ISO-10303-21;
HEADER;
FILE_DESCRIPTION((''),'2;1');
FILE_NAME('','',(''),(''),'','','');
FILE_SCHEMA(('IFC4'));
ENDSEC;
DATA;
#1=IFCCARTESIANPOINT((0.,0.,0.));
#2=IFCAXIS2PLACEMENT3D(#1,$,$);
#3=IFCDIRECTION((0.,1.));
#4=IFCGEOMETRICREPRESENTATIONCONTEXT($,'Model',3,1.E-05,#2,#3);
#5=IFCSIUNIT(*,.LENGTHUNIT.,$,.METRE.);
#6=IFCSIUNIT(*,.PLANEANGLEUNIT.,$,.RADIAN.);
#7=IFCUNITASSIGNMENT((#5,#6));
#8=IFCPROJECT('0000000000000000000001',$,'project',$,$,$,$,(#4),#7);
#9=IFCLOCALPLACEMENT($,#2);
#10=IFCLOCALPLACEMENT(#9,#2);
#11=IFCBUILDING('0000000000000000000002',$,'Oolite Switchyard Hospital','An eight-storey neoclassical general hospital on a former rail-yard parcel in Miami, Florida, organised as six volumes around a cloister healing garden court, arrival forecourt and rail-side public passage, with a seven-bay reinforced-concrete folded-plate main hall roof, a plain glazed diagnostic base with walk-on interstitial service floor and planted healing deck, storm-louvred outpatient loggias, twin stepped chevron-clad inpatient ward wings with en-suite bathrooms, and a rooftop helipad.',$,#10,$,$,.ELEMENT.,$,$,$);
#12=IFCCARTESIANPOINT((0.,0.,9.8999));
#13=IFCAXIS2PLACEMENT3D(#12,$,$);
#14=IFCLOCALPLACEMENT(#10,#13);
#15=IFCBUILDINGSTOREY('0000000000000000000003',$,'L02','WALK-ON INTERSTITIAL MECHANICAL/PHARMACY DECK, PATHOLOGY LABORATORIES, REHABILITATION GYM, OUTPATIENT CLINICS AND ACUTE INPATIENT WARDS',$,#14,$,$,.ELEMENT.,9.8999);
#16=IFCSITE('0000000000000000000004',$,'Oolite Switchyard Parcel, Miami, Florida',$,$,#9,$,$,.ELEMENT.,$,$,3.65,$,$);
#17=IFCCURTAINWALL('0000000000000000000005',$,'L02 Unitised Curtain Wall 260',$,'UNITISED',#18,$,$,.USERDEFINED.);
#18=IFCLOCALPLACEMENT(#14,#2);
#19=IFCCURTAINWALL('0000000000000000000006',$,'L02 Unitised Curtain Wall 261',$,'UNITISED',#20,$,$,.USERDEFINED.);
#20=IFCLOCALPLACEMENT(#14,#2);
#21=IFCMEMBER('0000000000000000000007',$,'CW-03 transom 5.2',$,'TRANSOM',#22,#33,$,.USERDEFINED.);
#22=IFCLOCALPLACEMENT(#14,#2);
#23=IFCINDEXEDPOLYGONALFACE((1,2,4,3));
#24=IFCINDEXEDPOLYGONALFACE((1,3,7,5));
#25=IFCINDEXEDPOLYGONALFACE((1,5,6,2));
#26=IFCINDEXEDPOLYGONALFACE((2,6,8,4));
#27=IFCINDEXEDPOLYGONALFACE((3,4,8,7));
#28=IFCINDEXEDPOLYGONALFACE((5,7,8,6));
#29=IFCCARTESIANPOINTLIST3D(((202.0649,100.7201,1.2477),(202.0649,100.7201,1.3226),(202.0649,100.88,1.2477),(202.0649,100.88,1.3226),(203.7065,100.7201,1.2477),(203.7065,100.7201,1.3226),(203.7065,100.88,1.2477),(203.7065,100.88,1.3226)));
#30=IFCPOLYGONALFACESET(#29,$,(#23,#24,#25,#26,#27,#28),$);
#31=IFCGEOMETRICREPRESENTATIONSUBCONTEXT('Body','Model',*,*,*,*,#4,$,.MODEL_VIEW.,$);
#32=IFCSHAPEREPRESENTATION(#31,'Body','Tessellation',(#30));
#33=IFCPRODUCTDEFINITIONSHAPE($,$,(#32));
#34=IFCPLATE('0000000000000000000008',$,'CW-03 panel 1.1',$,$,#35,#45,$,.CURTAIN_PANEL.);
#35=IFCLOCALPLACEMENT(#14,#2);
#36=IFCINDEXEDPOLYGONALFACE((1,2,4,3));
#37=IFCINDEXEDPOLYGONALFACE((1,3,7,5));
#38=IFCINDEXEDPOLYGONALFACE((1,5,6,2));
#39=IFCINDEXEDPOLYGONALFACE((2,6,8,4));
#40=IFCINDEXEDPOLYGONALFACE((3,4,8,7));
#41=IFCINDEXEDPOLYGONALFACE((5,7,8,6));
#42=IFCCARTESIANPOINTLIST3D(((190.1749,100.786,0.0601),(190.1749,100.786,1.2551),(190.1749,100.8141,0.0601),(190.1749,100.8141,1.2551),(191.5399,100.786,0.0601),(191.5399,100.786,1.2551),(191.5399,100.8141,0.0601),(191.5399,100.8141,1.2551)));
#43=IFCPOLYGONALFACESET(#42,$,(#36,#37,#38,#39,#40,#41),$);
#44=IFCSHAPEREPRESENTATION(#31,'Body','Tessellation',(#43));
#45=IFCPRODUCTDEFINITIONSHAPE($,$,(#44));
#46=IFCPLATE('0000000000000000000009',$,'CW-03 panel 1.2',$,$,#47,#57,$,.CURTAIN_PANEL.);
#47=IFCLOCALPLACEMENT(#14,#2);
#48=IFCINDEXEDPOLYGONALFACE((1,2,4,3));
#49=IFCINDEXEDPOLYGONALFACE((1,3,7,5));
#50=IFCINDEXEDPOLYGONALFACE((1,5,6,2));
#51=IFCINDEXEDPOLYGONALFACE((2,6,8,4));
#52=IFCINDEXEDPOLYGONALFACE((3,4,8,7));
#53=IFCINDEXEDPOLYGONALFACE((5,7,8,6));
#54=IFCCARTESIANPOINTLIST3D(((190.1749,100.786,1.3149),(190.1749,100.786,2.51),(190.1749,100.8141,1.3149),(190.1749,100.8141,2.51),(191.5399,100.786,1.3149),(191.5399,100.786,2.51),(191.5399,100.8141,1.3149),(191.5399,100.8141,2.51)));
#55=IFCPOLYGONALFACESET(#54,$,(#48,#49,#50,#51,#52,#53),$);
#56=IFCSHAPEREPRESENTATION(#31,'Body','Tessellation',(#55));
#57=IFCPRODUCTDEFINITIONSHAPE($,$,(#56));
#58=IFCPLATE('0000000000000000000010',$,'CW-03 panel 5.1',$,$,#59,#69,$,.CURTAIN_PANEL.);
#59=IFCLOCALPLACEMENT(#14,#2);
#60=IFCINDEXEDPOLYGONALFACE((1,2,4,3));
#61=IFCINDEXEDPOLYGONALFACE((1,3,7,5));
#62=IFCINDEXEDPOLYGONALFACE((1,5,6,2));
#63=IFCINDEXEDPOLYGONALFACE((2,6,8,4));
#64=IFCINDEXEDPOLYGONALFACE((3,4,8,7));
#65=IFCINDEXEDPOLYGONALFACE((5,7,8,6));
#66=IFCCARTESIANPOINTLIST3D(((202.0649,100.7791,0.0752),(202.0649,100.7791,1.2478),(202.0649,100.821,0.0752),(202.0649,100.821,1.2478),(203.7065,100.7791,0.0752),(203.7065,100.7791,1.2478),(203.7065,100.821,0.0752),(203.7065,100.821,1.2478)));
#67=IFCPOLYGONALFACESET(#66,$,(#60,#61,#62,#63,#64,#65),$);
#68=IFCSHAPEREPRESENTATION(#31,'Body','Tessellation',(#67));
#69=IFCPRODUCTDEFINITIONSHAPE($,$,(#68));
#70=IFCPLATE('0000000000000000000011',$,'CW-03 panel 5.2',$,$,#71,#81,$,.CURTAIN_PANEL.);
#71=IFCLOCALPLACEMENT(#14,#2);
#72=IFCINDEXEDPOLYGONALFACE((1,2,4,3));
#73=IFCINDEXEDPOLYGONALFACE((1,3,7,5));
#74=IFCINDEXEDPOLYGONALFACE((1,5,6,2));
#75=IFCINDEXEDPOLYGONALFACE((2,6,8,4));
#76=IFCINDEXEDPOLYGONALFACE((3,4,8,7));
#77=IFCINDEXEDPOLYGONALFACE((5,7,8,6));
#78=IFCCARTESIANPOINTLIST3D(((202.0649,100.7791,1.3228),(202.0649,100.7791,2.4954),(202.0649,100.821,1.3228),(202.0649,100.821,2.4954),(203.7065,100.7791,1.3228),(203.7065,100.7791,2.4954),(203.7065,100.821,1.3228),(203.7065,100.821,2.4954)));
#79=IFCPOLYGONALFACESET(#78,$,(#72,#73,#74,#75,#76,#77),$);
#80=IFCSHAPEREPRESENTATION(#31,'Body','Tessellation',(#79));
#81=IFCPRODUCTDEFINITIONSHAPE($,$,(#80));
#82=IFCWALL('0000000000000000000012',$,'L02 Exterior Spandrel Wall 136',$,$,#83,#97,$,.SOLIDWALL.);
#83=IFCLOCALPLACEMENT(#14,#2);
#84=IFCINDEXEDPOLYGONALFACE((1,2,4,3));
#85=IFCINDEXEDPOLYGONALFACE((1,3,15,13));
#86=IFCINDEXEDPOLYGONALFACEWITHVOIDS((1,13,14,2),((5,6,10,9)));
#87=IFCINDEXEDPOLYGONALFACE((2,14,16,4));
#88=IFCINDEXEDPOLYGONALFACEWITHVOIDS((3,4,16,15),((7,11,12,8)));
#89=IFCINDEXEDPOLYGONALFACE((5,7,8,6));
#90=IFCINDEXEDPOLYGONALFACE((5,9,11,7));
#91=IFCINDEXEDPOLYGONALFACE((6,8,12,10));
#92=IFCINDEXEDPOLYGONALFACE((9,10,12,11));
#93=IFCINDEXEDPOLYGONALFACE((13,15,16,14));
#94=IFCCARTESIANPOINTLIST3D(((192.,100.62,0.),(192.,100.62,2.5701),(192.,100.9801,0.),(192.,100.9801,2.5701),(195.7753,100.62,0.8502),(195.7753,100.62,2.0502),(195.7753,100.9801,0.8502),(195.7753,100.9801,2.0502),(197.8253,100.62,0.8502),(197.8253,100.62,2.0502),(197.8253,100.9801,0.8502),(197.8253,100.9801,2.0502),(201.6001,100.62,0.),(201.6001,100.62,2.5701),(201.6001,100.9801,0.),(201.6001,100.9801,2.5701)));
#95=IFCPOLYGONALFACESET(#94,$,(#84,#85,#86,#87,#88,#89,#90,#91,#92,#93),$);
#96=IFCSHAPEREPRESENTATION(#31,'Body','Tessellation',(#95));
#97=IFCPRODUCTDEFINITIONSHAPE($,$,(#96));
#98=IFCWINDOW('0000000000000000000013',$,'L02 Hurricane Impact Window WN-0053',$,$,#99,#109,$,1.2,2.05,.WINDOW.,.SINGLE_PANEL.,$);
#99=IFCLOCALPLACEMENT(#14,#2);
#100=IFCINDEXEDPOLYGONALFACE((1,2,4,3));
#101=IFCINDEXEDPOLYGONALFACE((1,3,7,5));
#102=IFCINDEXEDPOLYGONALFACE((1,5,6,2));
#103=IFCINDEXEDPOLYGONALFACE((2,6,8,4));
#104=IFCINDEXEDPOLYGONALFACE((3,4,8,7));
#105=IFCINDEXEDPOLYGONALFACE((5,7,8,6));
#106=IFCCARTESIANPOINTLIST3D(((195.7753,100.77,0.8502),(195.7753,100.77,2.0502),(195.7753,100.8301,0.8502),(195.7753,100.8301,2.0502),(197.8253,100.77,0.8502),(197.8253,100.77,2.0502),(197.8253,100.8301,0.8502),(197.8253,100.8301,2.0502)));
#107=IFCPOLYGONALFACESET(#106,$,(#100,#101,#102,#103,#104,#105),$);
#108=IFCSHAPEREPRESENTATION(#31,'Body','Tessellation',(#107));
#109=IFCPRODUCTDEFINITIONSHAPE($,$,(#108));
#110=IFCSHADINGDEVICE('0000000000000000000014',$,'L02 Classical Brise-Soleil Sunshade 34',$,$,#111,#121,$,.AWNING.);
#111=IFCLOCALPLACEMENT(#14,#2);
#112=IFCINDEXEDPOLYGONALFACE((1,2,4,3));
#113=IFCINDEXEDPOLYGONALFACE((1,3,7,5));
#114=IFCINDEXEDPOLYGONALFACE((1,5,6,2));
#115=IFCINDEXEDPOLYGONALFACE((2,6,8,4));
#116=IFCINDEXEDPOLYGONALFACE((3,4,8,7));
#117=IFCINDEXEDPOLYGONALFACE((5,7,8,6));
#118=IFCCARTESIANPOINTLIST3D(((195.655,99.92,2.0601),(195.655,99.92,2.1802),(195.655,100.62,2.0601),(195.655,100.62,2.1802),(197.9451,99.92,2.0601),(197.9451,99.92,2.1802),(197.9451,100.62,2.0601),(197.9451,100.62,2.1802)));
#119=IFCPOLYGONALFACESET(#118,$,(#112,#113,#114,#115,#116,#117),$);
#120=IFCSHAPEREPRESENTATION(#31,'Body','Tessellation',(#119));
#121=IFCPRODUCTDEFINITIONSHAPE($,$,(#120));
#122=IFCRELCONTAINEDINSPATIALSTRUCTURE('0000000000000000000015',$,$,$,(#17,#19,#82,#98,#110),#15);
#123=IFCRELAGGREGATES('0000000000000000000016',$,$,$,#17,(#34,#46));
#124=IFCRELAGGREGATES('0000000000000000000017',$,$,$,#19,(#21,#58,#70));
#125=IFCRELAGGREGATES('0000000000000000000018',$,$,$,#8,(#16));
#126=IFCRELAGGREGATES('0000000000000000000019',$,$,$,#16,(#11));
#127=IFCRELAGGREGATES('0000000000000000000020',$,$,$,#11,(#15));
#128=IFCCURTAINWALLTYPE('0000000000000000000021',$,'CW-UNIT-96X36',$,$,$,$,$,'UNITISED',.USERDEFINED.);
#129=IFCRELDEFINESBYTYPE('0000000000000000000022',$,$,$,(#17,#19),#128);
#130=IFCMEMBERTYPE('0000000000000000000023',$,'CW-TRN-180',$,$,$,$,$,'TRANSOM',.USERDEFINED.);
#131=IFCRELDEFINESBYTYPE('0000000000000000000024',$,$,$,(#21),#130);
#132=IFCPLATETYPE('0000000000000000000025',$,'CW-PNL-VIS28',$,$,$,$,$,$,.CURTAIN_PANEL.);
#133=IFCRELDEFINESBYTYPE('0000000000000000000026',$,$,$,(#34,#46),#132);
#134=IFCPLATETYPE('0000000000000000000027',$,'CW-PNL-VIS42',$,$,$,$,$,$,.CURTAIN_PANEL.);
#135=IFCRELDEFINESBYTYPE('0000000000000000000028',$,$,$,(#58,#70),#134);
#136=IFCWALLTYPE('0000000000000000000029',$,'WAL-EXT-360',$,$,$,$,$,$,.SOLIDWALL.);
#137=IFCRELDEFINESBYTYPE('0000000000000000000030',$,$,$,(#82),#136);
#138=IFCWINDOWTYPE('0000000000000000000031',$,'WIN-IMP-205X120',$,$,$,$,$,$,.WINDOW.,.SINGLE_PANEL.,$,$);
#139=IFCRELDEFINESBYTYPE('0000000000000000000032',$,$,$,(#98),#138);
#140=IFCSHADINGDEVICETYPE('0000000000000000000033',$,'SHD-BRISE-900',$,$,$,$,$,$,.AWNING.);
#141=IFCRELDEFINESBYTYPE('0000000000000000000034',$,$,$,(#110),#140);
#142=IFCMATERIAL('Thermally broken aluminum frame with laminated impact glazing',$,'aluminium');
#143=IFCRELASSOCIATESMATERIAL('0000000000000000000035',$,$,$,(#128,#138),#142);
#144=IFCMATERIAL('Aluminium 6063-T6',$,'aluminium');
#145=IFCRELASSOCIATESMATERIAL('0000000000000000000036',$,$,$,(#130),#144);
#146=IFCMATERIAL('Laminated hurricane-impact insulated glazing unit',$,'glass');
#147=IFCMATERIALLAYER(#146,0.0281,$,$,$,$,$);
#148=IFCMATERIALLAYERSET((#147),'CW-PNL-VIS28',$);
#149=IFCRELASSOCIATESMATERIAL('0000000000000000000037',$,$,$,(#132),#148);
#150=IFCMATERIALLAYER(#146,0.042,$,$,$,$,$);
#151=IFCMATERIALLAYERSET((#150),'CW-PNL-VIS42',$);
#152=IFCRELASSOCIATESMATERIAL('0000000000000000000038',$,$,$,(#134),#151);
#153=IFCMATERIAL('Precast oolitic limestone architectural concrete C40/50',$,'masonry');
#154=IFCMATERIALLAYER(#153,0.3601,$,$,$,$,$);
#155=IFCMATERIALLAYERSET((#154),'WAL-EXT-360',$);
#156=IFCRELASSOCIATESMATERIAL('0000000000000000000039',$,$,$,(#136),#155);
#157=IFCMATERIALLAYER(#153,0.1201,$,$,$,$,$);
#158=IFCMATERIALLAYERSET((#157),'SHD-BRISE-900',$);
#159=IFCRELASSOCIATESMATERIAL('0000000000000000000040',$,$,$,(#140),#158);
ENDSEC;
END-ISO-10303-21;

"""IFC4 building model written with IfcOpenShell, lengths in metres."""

from ifc_helpers import new_model, si_unit, direction, frame, frame_2d, origin, origin_2d, place, context, subcontext, project, spatial, rectangle, extrude, material, layer, layer_set, material_profile, profile_set, type_object, element, fill, aggregate, save


model = new_model("IFC4")

# Units and contexts
model_context = context("Model", 3, precision=1e-05, world=origin(), true_north=direction((0.0, 1.0)))
body_context = subcontext(model_context, "Body", "Model", "MODEL_VIEW")
ifc_project = project(units=[si_unit("LENGTHUNIT", "METRE"), si_unit("PLANEANGLEUNIT", "RADIAN")], contexts=[model_context])

# Site, building, storey
site_placement = place(None, origin())
site = spatial("IfcSite", under=ifc_project, at=site_placement, Name="Oolite Switchyard Parcel, Miami, Florida", CompositionType="ELEMENT", RefElevation=3.65)
building_placement = place(site_placement, origin())
building = spatial("IfcBuilding", under=site, at=building_placement, Name="Oolite Switchyard Hospital", Description="An eight-storey neoclassical general hospital on a former rail-yard parcel in Miami, Florida, organised as six volumes around a cloister healing garden court, arrival forecourt and rail-side public passage, with a seven-bay reinforced-concrete folded-plate main hall roof, a plain glazed diagnostic base with walk-on interstitial service floor and planted healing deck, storm-louvred outpatient loggias, twin stepped chevron-clad inpatient ward wings with en-suite bathrooms, and a rooftop helipad.", CompositionType="ELEMENT")
storey_placement = place(building_placement, frame((0.0, 0.0, 9.8999)))
storey = spatial("IfcBuildingStorey", under=building, at=storey_placement, Name="L02", Description="WALK-ON INTERSTITIAL MECHANICAL/PHARMACY DECK, PATHOLOGY LABORATORIES, REHABILITATION GYM, OUTPATIENT CLINICS AND ACUTE INPATIENT WARDS", CompositionType="ELEMENT", Elevation=9.8999)

# Curtain wall
ifc_material_1 = material(Name="Thermally broken aluminum frame with laminated impact glazing", Category="aluminium")
curtain_wall_type = type_object("IfcCurtainWallType", Name="CW-UNIT-96X36", ElementType="UNITISED", PredefinedType="USERDEFINED", material=ifc_material_1)
curtain_wall_1_placement = place(storey_placement, origin())
curtain_wall_1 = element("IfcCurtainWall", 1, at=curtain_wall_1_placement, inside=storey, type_object=curtain_wall_type, Name="L02 Unitised Curtain Wall 260", ObjectType="UNITISED", PredefinedType="USERDEFINED")
ifc_material_2 = material(Name="Aluminium 6063-T6", Category="aluminium")

# Curtain wall
curtain_wall_2_placement = place(storey_placement, origin())
curtain_wall_2 = element("IfcCurtainWall", 2, at=curtain_wall_2_placement, inside=storey, type_object=curtain_wall_type, Name="L02 Unitised Curtain Wall 261", ObjectType="UNITISED", PredefinedType="USERDEFINED")

# Member
ifc_material_profile_1 = material_profile(ifc_material_2, rectangle(XDim=0.1599, YDim=0.075, at=origin_2d()), Name="CWT75X160")
ifc_profile_set_1 = profile_set([ifc_material_profile_1], Name="Aluminium 6063-T6")
member_type_1 = type_object("IfcMemberType", Name="CW-TRN-180", ElementType="TRANSOM", PredefinedType="USERDEFINED", material=ifc_profile_set_1)
member_1_placement = place(storey_placement, frame((203.7065, 100.8, 1.2852), z_axis=(-1.0, 0.0, 0.0), x_axis=(0.0, -1.0, 0.0)))
member_1 = element("IfcMember", 3, at=member_1_placement, type_object=member_type_1, Name="CW-03 transom 5.2", ObjectType="TRANSOM", PredefinedType="USERDEFINED", context=body_context, shape_type="SweptSolid", body=[
    extrude(rectangle(XDim=0.1599, YDim=0.075, at=origin_2d()), origin(), (0.0, 0.0, 1.0), 1.6416),
])

# Plates
ifc_material_3 = material(Name="Laminated hurricane-impact insulated glazing unit", Category="glass")
ifc_layer_1 = layer(ifc_material_3, 0.0281)
ifc_layer_set_1 = layer_set([ifc_layer_1], Name="CW-PNL-VIS28")
plate_type_1 = type_object("IfcPlateType", Name="CW-PNL-VIS28", PredefinedType="CURTAIN_PANEL", material=ifc_layer_set_1)
plate_1_placement = place(storey_placement, frame((190.8574, 100.8, 0.0601), z_axis=(0.0, 0.0, 1.0), x_axis=(-1.0, 0.0, 0.0)))
plate_1 = element("IfcPlate", 4, at=plate_1_placement, type_object=plate_type_1, Name="CW-03 panel 1.1", PredefinedType="CURTAIN_PANEL", context=body_context, shape_type="SweptSolid", body=[
    extrude(rectangle(XDim=1.365, YDim=0.0281, at=origin_2d()), origin(), (0.0, 0.0, 1.0), 1.1951),
])
plate_2_placement = place(storey_placement, frame((190.8574, 100.8, 1.3149), z_axis=(0.0, 0.0, 1.0), x_axis=(-1.0, 0.0, 0.0)))
plate_2 = element("IfcPlate", 5, at=plate_2_placement, type_object=plate_type_1, Name="CW-03 panel 1.2", PredefinedType="CURTAIN_PANEL", context=body_context, shape_type="SweptSolid", body=[
    extrude(rectangle(XDim=1.365, YDim=0.0281, at=origin_2d()), origin(), (0.0, 0.0, 1.0), 1.1951),
])
aggregate(curtain_wall_1, [plate_1, plate_2])
ifc_layer_2 = layer(ifc_material_3, 0.042)
ifc_layer_set_2 = layer_set([ifc_layer_2], Name="CW-PNL-VIS42")
plate_type_2 = type_object("IfcPlateType", Name="CW-PNL-VIS42", PredefinedType="CURTAIN_PANEL", material=ifc_layer_set_2)
plate_3_placement = place(storey_placement, frame((202.8857, 100.8, 0.0752), z_axis=(0.0, 0.0, 1.0), x_axis=(-1.0, 0.0, 0.0)))
plate_3 = element("IfcPlate", 6, at=plate_3_placement, type_object=plate_type_2, Name="CW-03 panel 5.1", PredefinedType="CURTAIN_PANEL", context=body_context, shape_type="SweptSolid", body=[
    extrude(rectangle(XDim=1.6416, YDim=0.042, at=origin_2d()), origin(), (0.0, 0.0, 1.0), 1.1726),
])
plate_4_placement = place(storey_placement, frame((202.8857, 100.8, 1.3228), z_axis=(0.0, 0.0, 1.0), x_axis=(-1.0, 0.0, 0.0)))
plate_4 = element("IfcPlate", 7, at=plate_4_placement, type_object=plate_type_2, Name="CW-03 panel 5.2", PredefinedType="CURTAIN_PANEL", context=body_context, shape_type="SweptSolid", body=[
    extrude(rectangle(XDim=1.6416, YDim=0.042, at=origin_2d()), origin(), (0.0, 0.0, 1.0), 1.1726),
])
aggregate(curtain_wall_2, [member_1, plate_3, plate_4])

# Wall, opening, window
ifc_material_4 = material(Name="Precast oolitic limestone architectural concrete C40/50", Category="masonry")
ifc_layer_3 = layer(ifc_material_4, 0.3601)
ifc_layer_set_3 = layer_set([ifc_layer_3], Name="WAL-EXT-360")
wall_type = type_object("IfcWallType", Name="WAL-EXT-360", PredefinedType="SOLIDWALL", material=ifc_layer_set_3)
wall_placement = place(storey_placement, frame((201.6001, 100.8, 0.0), z_axis=(0.0, 0.0, 1.0), x_axis=(-1.0, 0.0, 0.0)))
wall = element("IfcWall", 8, at=wall_placement, inside=storey, type_object=wall_type, Name="L02 Exterior Spandrel Wall 136", PredefinedType="SOLIDWALL", context=body_context, shape_type="SweptSolid", body=[
    extrude(rectangle(XDim=9.6001, YDim=0.3601, at=frame_2d((4.8, 0.0))), origin(), (0.0, 0.0, 1.0), 2.5701),
])
opening_placement = place(wall_placement, frame((3.7749, 0.0, 0.8501)))
opening = element("IfcOpeningElement", 9, at=opening_placement, cuts=wall, PredefinedType="OPENING", context=body_context, shape_type="SweptSolid", body=[
    extrude(rectangle(XDim=2.05, YDim=1.2, at=frame_2d((1.0249, 0.6001))), frame((0.0, 0.1899, 0.0), z_axis=(0.0, -1.0, 0.0), x_axis=(1.0, 0.0, 0.0)), (0.0, 0.0, 1.0), 0.3801),
])
window_type = type_object("IfcWindowType", Name="WIN-IMP-205X120", PartitioningType="SINGLE_PANEL", PredefinedType="WINDOW", material=ifc_material_1)
window_placement = place(opening_placement, origin())
window = element("IfcWindow", 10, at=window_placement, inside=storey, type_object=window_type, Name="L02 Hurricane Impact Window WN-0053", OverallHeight=1.2, OverallWidth=2.05, PartitioningType="SINGLE_PANEL", PredefinedType="WINDOW", context=body_context, shape_type="SweptSolid", body=[
    extrude(rectangle(XDim=2.05, YDim=1.2, at=frame_2d((1.0249, 0.6001))), frame((0.0, 0.03, 0.0), z_axis=(0.0, -1.0, 0.0), x_axis=(1.0, 0.0, 0.0)), (0.0, 0.0, 1.0), 0.0601),
])
fill(opening, window)

# Shading device
ifc_layer_4 = layer(ifc_material_4, 0.1201)
ifc_layer_set_4 = layer_set([ifc_layer_4], Name="SHD-BRISE-900")
shading_device_type = type_object("IfcShadingDeviceType", Name="SHD-BRISE-900", PredefinedType="AWNING", material=ifc_layer_set_4)
shading_device_placement = place(storey_placement, frame((196.8, 100.27, 2.0601), z_axis=(0.0, 0.0, 1.0), x_axis=(1.0, 0.0, 0.0)))
element("IfcShadingDevice", 11, at=shading_device_placement, inside=storey, type_object=shading_device_type, Name="L02 Classical Brise-Soleil Sunshade 34", PredefinedType="AWNING", context=body_context, shape_type="SweptSolid", body=[
    extrude(rectangle(XDim=2.29, YDim=0.7, at=origin_2d()), origin(), (0.0, 0.0, 1.0), 0.1201),
])

save(model, "model.ifc")
